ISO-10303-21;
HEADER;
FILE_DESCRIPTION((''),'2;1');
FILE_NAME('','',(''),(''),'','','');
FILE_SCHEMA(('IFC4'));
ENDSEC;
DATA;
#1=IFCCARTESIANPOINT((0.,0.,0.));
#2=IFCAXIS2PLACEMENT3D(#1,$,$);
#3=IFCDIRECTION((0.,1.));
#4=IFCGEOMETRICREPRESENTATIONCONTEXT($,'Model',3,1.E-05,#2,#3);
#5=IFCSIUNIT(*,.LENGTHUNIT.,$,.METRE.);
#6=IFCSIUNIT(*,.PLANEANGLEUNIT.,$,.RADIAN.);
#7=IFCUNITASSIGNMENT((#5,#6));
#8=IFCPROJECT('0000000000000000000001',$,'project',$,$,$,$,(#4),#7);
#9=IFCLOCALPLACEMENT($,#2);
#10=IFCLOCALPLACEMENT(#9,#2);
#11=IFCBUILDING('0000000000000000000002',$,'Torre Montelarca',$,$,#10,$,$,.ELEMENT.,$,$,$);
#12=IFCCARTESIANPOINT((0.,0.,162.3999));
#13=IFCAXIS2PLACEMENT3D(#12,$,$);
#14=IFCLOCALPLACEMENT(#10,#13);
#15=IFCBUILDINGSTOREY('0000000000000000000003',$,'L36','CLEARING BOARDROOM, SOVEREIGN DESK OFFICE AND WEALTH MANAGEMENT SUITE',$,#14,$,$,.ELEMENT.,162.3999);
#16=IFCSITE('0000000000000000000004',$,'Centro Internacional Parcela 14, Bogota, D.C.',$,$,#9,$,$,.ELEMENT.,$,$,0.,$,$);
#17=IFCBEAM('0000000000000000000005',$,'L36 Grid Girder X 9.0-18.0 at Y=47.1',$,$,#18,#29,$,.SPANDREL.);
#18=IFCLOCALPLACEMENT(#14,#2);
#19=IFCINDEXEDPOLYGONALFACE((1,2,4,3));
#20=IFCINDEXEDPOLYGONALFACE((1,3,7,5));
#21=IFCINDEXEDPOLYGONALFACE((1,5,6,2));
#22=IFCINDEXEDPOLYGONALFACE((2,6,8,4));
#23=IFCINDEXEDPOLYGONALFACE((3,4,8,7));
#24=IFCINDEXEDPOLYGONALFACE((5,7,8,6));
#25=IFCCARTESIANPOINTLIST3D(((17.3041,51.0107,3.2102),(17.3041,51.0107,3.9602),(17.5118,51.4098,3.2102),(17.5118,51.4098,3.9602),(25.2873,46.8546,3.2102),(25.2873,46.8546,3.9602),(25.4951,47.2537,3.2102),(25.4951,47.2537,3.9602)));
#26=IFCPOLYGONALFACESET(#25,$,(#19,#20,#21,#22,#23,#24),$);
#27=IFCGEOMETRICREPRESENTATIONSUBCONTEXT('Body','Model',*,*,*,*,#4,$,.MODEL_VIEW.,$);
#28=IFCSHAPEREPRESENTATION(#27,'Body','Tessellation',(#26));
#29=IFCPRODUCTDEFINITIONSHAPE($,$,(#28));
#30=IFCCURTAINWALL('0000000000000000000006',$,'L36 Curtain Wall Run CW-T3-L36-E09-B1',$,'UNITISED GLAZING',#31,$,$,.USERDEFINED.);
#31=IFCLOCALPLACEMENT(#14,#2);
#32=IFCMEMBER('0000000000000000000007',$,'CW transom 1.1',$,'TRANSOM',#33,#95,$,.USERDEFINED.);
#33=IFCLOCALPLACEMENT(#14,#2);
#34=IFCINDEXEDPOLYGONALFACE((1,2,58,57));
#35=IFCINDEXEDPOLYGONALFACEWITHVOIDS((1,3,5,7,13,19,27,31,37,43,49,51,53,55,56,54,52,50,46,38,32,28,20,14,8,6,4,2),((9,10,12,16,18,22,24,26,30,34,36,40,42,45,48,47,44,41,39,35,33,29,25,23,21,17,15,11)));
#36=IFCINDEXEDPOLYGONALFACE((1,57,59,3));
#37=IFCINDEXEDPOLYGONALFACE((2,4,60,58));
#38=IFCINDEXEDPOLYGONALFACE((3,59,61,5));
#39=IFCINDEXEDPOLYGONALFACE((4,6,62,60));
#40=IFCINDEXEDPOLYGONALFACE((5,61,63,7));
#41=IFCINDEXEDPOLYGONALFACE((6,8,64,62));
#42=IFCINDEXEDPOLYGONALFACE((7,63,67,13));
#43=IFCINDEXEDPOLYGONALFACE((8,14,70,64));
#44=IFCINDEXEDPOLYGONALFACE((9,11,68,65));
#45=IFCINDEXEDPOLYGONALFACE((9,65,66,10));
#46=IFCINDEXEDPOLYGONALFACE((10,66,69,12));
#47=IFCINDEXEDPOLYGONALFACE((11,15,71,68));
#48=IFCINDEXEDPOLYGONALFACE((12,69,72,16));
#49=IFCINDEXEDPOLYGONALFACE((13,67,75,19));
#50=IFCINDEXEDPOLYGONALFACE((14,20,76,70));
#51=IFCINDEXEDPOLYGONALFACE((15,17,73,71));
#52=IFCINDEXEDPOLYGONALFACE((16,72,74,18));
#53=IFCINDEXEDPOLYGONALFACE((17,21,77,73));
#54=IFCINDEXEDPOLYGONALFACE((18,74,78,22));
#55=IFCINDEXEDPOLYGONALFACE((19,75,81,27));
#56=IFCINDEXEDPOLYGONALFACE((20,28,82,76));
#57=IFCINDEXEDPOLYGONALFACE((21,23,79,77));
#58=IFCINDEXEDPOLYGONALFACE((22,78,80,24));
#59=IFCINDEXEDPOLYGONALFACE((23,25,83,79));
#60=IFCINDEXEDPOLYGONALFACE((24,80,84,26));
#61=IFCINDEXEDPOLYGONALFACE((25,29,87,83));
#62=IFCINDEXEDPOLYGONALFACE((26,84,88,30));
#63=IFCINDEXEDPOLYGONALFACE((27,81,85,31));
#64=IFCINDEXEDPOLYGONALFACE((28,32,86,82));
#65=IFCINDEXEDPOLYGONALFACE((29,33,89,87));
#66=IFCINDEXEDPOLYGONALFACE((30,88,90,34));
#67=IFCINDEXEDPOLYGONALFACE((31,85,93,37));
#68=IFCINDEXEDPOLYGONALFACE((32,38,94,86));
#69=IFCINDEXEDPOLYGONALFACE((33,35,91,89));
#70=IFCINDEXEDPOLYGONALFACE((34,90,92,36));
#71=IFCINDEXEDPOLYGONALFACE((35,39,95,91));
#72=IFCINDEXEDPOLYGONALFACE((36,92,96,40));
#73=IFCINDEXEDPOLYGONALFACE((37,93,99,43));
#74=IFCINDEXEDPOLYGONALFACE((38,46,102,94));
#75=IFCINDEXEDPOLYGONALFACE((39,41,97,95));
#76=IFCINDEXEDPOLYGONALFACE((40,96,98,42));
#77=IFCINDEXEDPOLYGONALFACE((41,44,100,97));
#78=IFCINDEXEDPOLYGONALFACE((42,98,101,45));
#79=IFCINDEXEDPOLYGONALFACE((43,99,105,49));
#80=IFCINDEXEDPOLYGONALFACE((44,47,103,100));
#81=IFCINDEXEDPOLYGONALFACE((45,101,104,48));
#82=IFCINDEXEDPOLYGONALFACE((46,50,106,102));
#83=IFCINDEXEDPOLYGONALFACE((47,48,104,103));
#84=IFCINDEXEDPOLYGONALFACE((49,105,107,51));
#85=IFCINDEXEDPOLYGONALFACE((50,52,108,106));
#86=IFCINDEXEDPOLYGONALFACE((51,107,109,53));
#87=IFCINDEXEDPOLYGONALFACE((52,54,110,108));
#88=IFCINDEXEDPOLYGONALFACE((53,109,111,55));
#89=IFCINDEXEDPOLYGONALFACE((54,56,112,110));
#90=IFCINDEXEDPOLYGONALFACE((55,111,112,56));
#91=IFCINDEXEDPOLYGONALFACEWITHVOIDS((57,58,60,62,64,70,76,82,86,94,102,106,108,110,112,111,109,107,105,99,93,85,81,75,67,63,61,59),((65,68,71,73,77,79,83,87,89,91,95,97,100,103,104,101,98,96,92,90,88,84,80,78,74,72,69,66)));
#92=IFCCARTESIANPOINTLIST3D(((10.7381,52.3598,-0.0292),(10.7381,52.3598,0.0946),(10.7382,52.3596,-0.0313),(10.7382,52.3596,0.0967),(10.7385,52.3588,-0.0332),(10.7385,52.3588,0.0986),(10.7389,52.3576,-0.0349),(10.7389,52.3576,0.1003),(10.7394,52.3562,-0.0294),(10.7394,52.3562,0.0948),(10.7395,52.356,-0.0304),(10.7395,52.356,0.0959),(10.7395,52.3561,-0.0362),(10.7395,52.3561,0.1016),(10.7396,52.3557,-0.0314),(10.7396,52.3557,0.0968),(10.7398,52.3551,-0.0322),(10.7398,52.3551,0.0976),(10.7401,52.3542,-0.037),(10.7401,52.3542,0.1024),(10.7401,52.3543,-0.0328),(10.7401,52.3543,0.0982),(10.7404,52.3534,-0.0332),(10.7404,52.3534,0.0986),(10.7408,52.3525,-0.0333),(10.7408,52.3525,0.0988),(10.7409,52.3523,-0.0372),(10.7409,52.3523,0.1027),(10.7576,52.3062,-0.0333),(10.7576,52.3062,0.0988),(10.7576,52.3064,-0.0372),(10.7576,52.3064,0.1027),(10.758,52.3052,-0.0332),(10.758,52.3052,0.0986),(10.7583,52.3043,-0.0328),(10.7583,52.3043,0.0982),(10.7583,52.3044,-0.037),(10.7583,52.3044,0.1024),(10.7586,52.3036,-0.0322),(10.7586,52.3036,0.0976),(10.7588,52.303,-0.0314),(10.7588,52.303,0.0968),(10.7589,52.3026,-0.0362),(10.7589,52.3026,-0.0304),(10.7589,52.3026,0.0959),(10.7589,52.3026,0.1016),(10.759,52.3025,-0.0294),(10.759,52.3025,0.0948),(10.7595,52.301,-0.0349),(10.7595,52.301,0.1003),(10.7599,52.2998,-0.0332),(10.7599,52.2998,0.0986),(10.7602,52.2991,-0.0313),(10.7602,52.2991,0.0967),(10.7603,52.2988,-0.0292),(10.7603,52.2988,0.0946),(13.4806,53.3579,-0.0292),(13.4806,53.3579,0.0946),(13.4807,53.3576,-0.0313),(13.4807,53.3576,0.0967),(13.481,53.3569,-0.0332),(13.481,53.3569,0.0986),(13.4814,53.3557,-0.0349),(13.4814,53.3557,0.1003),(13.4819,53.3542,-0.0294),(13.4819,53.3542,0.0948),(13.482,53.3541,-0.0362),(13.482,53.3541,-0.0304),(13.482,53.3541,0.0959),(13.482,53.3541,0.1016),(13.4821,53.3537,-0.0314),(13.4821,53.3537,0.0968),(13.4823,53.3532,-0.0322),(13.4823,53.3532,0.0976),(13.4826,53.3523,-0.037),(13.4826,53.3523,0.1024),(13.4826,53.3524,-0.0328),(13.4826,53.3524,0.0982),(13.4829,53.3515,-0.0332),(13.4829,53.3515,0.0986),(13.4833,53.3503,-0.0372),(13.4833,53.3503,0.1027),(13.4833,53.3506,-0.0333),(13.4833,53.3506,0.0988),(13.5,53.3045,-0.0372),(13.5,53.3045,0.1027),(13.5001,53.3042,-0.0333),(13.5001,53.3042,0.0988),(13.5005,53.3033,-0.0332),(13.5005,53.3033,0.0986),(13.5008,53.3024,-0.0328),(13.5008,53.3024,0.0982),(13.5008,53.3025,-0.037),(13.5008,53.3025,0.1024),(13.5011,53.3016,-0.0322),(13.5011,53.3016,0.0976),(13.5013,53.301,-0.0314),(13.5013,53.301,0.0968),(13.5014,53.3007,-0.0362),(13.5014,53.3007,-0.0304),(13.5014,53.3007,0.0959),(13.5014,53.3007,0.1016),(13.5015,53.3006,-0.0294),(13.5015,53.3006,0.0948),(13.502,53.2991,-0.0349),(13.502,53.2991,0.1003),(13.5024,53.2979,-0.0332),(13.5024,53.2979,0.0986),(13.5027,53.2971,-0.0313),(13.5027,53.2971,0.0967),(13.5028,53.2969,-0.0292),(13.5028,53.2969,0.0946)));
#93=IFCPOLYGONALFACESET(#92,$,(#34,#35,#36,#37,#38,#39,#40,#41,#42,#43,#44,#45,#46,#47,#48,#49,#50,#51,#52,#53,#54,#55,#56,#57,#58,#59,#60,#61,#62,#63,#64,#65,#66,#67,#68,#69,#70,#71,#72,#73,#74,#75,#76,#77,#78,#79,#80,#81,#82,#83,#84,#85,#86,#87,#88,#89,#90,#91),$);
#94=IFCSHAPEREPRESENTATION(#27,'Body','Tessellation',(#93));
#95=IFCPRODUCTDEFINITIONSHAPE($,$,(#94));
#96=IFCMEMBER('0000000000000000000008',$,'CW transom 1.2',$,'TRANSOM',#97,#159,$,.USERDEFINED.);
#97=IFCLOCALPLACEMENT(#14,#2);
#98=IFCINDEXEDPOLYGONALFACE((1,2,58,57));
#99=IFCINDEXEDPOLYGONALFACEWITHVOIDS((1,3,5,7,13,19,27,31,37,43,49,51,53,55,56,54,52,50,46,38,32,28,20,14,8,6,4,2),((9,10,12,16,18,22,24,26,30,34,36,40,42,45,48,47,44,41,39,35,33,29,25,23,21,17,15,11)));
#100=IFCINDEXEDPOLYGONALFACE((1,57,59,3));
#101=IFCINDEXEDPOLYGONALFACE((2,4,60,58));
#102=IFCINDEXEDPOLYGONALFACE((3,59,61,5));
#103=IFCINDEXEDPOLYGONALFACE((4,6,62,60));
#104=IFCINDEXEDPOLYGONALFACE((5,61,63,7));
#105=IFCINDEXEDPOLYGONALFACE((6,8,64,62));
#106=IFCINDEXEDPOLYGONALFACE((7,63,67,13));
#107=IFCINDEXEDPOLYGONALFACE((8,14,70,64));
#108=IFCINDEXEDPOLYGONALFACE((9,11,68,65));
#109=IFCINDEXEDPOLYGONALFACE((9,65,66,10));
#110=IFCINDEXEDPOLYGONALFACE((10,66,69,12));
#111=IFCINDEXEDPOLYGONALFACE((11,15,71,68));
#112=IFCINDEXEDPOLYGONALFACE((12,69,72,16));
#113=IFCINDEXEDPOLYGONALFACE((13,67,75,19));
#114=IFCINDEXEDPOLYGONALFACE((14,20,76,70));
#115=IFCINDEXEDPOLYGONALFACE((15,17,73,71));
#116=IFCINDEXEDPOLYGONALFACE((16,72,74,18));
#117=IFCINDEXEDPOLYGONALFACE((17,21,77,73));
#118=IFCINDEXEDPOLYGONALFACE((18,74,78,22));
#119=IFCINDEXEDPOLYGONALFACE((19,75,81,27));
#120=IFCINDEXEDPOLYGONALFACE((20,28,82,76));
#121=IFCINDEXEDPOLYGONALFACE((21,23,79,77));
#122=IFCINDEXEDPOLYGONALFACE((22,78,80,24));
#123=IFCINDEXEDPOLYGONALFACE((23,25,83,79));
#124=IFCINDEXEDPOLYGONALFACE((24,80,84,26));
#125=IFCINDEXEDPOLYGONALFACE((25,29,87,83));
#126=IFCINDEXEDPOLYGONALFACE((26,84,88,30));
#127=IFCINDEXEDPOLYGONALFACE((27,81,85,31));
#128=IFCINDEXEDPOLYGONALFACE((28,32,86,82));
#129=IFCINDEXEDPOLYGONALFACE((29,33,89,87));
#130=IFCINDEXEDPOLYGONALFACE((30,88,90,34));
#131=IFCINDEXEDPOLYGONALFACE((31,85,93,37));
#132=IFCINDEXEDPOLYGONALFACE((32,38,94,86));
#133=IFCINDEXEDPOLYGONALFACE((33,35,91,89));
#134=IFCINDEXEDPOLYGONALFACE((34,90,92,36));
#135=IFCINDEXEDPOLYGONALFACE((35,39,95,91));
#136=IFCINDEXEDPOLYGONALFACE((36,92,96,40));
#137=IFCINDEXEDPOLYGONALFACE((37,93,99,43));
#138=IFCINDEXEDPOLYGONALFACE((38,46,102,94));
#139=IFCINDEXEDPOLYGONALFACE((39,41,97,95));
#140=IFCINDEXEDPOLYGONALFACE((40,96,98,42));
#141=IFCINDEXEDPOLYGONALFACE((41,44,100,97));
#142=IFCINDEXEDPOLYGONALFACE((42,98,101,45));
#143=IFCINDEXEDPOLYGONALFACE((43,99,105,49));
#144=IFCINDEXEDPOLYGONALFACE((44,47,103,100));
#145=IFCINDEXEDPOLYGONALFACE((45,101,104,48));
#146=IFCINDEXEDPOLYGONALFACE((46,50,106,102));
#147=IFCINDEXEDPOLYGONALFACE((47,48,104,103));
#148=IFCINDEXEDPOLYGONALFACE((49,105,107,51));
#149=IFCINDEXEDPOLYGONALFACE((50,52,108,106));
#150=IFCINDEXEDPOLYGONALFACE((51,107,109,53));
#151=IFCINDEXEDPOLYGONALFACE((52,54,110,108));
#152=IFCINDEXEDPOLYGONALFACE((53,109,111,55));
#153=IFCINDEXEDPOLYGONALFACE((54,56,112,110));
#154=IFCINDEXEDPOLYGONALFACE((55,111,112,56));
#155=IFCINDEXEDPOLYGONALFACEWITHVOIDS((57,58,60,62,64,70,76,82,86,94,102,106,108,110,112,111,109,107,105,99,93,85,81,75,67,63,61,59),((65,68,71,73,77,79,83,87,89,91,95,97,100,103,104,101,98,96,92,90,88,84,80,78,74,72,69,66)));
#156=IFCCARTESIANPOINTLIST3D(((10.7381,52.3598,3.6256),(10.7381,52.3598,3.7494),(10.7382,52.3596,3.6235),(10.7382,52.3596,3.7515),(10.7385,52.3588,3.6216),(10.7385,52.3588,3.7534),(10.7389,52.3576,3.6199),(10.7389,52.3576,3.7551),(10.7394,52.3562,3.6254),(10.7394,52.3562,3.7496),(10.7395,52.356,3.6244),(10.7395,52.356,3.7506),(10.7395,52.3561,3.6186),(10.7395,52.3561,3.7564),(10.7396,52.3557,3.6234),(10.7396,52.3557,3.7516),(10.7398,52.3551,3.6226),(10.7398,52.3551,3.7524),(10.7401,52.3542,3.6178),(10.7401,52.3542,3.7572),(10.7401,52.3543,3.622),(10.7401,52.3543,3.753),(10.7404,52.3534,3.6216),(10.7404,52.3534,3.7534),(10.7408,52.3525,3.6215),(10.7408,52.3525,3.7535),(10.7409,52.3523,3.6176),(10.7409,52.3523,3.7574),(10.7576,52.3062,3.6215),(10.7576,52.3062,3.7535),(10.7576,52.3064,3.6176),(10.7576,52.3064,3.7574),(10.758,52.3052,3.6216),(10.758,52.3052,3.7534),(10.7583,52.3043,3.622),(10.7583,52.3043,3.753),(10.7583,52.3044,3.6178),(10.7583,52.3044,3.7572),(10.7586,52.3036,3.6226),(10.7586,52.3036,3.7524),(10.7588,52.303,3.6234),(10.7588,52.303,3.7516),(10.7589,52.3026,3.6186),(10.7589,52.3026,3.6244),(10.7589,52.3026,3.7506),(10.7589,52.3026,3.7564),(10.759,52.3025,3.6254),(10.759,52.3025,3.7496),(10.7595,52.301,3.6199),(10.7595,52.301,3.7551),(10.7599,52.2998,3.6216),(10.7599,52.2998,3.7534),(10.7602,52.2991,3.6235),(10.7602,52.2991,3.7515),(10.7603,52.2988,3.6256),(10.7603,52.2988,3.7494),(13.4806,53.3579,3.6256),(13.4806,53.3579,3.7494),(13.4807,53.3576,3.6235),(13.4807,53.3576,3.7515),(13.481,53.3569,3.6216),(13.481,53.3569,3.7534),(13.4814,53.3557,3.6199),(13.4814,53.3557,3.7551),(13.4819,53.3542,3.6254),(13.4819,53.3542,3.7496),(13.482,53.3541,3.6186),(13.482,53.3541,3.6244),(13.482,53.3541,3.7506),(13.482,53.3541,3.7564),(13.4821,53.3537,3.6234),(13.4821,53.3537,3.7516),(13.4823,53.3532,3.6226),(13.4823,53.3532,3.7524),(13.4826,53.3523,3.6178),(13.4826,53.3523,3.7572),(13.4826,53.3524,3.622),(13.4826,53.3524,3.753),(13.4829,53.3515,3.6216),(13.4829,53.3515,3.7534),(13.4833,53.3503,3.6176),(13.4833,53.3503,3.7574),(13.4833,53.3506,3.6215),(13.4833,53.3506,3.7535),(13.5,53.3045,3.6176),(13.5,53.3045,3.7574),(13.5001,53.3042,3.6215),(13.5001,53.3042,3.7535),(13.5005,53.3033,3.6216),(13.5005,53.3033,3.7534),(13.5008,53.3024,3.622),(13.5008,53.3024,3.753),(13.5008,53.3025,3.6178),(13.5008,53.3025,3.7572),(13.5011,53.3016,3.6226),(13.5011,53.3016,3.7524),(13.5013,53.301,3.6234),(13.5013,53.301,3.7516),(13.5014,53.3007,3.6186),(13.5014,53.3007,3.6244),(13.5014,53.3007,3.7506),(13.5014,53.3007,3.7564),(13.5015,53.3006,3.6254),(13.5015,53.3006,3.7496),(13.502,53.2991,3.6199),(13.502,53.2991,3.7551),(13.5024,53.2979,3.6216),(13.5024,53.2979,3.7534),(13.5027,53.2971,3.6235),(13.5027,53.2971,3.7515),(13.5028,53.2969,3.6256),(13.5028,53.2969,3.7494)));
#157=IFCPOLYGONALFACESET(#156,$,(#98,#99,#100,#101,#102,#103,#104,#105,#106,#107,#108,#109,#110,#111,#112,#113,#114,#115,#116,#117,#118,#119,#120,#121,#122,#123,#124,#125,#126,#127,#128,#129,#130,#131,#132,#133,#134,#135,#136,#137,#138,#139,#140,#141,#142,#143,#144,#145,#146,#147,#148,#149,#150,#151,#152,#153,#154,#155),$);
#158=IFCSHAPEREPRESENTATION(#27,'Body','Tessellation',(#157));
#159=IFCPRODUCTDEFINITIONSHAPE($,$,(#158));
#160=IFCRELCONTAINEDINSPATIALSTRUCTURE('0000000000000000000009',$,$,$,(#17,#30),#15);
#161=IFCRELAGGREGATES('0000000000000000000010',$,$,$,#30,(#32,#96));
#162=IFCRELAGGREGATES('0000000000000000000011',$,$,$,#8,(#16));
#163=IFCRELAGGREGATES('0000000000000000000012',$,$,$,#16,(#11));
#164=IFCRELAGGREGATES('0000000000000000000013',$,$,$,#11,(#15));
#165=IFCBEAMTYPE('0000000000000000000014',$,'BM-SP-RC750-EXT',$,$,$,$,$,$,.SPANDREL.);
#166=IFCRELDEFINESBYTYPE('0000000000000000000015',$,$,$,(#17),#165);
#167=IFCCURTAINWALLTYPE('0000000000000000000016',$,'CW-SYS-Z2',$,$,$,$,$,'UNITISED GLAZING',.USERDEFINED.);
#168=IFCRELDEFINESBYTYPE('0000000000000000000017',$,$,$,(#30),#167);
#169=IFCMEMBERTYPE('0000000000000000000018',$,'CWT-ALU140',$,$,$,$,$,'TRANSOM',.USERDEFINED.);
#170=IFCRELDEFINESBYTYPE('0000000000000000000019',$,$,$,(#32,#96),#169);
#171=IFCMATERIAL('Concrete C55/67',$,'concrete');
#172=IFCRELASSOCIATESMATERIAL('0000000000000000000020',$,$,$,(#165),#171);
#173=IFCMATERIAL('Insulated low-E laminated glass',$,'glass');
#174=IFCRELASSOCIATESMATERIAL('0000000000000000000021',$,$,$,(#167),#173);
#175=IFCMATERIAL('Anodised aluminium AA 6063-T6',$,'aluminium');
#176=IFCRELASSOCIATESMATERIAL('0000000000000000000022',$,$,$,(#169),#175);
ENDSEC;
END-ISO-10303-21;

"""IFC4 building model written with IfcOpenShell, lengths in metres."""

from ifc_helpers import new_model, si_unit, direction, frame, origin, origin_2d, place, context, subcontext, project, spatial, rectangle, hollow_rectangle, extrude, source, transform, mapped, material, material_profile, profile_set, type_object, element, aggregate, save


model = new_model("IFC4")

# Units and contexts
model_context = context("Model", 3, precision=1e-05, world=origin(), true_north=direction((0.0, 1.0)))
body_context = subcontext(model_context, "Body", "Model", "MODEL_VIEW")
ifc_project = project(units=[si_unit("LENGTHUNIT", "METRE"), si_unit("PLANEANGLEUNIT", "RADIAN")], contexts=[model_context])

# Site, building, storey
site_placement = place(None, origin())
site = spatial("IfcSite", under=ifc_project, at=site_placement, Name="Centro Internacional Parcela 14, Bogota, D.C.", CompositionType="ELEMENT", RefElevation=0.0)
building_placement = place(site_placement, origin())
building = spatial("IfcBuilding", under=site, at=building_placement, Name="Torre Montelarca", CompositionType="ELEMENT")
storey_placement = place(building_placement, frame((0.0, 0.0, 162.3999)))
storey = spatial("IfcBuildingStorey", under=building, at=storey_placement, Name="L36", Description="CLEARING BOARDROOM, SOVEREIGN DESK OFFICE AND WEALTH MANAGEMENT SUITE", CompositionType="ELEMENT", Elevation=162.3999)

# Shared definitions
ifc_material_1 = material(Name="Concrete C55/67", Category="concrete")

# Beam
ifc_material_profile_1 = material_profile(ifc_material_1, rectangle(XDim=0.45, YDim=0.75, at=origin_2d()), Name="RCB450X750", Category="concrete")
ifc_profile_set_1 = profile_set([ifc_material_profile_1], Name="Concrete C55/67")
beam_type = type_object("IfcBeamType", Name="BM-SP-RC750-EXT", PredefinedType="SPANDREL", material=ifc_profile_set_1)
shared_shape_1 = source(origin(), body_context, "Body", "SweptSolid", [
    extrude(rectangle(XDim=0.45, YDim=0.75, at=origin_2d()), origin(), (0.0, 0.0, 1.0), 9.0002),
])
beam_placement = place(storey_placement, frame((17.408, 51.2102, 3.5852), z_axis=(0.887, -0.461769, 0.0), x_axis=(0.461769, 0.887, 0.0)))
element("IfcBeam", 1, at=beam_placement, inside=storey, type_object=beam_type, Name="L36 Grid Girder X 9.0-18.0 at Y=47.1", PredefinedType="SPANDREL", context=body_context, shape_type="MappedRepresentation", body=[
    mapped(shared_shape_1, transform((0.0, 0.0, 0.0), scale=1.0)),
])

# Curtain wall, members
ifc_material_2 = material(Name="Insulated low-E laminated glass", Category="glass")
curtain_wall_type = type_object("IfcCurtainWallType", Name="CW-SYS-Z2", ElementType="UNITISED GLAZING", PredefinedType="USERDEFINED", material=ifc_material_2)
curtain_wall_1_placement = place(storey_placement, origin())
curtain_wall_1 = element("IfcCurtainWall", 2, at=curtain_wall_1_placement, inside=storey, type_object=curtain_wall_type, Name="L36 Curtain Wall Run CW-T3-L36-E09-B1", ObjectType="UNITISED GLAZING", PredefinedType="USERDEFINED")
ifc_material_3 = material(Name="Anodised aluminium AA 6063-T6", Category="aluminium")
ifc_material_profile_2 = material_profile(ifc_material_3, hollow_rectangle(XDim=0.0649, YDim=0.1399, WallThickness=0.0039, InnerFilletRadius=0.0039, OuterFilletRadius=0.0081, at=origin_2d()), Name="ALU65X140X4", Category="aluminium")
ifc_profile_set_2 = profile_set([ifc_material_profile_2], Name="Anodised aluminium AA 6063-T6")
member_type_1 = type_object("IfcMemberType", Name="CWT-ALU140", ElementType="TRANSOM", PredefinedType="USERDEFINED", material=ifc_profile_set_2)
shared_shape_2 = source(origin(), body_context, "Body", "SweptSolid", [
    extrude(hollow_rectangle(XDim=0.0649, YDim=0.1399, WallThickness=0.0039, InnerFilletRadius=0.0039, OuterFilletRadius=0.0081, at=origin_2d()), origin(), (0.0, 0.0, 1.0), 2.9185),
])
member_1_placement = place(storey_placement, frame((13.4917, 53.3274, 0.0327), z_axis=(-0.939705, -0.341985, 0.0), x_axis=(0.341985, -0.939705, 0.0)))
member_1 = element("IfcMember", 3, at=member_1_placement, type_object=member_type_1, Name="CW transom 1.1", ObjectType="TRANSOM", PredefinedType="USERDEFINED", context=body_context, shape_type="MappedRepresentation", body=[
    mapped(shared_shape_2, transform((0.0, 0.0, 0.0), scale=1.0)),
])
member_2_placement = place(storey_placement, frame((13.4917, 53.3274, 3.6875), z_axis=(-0.939705, -0.341985, 0.0), x_axis=(0.341985, -0.939705, 0.0)))
member_2 = element("IfcMember", 4, at=member_2_placement, type_object=member_type_1, Name="CW transom 1.2", ObjectType="TRANSOM", PredefinedType="USERDEFINED", context=body_context, shape_type="MappedRepresentation", body=[
    mapped(shared_shape_2, transform((0.0, 0.0, 0.0), scale=1.0)),
])

aggregate(curtain_wall_1, [member_1, member_2])

save(model, "model.ifc")
